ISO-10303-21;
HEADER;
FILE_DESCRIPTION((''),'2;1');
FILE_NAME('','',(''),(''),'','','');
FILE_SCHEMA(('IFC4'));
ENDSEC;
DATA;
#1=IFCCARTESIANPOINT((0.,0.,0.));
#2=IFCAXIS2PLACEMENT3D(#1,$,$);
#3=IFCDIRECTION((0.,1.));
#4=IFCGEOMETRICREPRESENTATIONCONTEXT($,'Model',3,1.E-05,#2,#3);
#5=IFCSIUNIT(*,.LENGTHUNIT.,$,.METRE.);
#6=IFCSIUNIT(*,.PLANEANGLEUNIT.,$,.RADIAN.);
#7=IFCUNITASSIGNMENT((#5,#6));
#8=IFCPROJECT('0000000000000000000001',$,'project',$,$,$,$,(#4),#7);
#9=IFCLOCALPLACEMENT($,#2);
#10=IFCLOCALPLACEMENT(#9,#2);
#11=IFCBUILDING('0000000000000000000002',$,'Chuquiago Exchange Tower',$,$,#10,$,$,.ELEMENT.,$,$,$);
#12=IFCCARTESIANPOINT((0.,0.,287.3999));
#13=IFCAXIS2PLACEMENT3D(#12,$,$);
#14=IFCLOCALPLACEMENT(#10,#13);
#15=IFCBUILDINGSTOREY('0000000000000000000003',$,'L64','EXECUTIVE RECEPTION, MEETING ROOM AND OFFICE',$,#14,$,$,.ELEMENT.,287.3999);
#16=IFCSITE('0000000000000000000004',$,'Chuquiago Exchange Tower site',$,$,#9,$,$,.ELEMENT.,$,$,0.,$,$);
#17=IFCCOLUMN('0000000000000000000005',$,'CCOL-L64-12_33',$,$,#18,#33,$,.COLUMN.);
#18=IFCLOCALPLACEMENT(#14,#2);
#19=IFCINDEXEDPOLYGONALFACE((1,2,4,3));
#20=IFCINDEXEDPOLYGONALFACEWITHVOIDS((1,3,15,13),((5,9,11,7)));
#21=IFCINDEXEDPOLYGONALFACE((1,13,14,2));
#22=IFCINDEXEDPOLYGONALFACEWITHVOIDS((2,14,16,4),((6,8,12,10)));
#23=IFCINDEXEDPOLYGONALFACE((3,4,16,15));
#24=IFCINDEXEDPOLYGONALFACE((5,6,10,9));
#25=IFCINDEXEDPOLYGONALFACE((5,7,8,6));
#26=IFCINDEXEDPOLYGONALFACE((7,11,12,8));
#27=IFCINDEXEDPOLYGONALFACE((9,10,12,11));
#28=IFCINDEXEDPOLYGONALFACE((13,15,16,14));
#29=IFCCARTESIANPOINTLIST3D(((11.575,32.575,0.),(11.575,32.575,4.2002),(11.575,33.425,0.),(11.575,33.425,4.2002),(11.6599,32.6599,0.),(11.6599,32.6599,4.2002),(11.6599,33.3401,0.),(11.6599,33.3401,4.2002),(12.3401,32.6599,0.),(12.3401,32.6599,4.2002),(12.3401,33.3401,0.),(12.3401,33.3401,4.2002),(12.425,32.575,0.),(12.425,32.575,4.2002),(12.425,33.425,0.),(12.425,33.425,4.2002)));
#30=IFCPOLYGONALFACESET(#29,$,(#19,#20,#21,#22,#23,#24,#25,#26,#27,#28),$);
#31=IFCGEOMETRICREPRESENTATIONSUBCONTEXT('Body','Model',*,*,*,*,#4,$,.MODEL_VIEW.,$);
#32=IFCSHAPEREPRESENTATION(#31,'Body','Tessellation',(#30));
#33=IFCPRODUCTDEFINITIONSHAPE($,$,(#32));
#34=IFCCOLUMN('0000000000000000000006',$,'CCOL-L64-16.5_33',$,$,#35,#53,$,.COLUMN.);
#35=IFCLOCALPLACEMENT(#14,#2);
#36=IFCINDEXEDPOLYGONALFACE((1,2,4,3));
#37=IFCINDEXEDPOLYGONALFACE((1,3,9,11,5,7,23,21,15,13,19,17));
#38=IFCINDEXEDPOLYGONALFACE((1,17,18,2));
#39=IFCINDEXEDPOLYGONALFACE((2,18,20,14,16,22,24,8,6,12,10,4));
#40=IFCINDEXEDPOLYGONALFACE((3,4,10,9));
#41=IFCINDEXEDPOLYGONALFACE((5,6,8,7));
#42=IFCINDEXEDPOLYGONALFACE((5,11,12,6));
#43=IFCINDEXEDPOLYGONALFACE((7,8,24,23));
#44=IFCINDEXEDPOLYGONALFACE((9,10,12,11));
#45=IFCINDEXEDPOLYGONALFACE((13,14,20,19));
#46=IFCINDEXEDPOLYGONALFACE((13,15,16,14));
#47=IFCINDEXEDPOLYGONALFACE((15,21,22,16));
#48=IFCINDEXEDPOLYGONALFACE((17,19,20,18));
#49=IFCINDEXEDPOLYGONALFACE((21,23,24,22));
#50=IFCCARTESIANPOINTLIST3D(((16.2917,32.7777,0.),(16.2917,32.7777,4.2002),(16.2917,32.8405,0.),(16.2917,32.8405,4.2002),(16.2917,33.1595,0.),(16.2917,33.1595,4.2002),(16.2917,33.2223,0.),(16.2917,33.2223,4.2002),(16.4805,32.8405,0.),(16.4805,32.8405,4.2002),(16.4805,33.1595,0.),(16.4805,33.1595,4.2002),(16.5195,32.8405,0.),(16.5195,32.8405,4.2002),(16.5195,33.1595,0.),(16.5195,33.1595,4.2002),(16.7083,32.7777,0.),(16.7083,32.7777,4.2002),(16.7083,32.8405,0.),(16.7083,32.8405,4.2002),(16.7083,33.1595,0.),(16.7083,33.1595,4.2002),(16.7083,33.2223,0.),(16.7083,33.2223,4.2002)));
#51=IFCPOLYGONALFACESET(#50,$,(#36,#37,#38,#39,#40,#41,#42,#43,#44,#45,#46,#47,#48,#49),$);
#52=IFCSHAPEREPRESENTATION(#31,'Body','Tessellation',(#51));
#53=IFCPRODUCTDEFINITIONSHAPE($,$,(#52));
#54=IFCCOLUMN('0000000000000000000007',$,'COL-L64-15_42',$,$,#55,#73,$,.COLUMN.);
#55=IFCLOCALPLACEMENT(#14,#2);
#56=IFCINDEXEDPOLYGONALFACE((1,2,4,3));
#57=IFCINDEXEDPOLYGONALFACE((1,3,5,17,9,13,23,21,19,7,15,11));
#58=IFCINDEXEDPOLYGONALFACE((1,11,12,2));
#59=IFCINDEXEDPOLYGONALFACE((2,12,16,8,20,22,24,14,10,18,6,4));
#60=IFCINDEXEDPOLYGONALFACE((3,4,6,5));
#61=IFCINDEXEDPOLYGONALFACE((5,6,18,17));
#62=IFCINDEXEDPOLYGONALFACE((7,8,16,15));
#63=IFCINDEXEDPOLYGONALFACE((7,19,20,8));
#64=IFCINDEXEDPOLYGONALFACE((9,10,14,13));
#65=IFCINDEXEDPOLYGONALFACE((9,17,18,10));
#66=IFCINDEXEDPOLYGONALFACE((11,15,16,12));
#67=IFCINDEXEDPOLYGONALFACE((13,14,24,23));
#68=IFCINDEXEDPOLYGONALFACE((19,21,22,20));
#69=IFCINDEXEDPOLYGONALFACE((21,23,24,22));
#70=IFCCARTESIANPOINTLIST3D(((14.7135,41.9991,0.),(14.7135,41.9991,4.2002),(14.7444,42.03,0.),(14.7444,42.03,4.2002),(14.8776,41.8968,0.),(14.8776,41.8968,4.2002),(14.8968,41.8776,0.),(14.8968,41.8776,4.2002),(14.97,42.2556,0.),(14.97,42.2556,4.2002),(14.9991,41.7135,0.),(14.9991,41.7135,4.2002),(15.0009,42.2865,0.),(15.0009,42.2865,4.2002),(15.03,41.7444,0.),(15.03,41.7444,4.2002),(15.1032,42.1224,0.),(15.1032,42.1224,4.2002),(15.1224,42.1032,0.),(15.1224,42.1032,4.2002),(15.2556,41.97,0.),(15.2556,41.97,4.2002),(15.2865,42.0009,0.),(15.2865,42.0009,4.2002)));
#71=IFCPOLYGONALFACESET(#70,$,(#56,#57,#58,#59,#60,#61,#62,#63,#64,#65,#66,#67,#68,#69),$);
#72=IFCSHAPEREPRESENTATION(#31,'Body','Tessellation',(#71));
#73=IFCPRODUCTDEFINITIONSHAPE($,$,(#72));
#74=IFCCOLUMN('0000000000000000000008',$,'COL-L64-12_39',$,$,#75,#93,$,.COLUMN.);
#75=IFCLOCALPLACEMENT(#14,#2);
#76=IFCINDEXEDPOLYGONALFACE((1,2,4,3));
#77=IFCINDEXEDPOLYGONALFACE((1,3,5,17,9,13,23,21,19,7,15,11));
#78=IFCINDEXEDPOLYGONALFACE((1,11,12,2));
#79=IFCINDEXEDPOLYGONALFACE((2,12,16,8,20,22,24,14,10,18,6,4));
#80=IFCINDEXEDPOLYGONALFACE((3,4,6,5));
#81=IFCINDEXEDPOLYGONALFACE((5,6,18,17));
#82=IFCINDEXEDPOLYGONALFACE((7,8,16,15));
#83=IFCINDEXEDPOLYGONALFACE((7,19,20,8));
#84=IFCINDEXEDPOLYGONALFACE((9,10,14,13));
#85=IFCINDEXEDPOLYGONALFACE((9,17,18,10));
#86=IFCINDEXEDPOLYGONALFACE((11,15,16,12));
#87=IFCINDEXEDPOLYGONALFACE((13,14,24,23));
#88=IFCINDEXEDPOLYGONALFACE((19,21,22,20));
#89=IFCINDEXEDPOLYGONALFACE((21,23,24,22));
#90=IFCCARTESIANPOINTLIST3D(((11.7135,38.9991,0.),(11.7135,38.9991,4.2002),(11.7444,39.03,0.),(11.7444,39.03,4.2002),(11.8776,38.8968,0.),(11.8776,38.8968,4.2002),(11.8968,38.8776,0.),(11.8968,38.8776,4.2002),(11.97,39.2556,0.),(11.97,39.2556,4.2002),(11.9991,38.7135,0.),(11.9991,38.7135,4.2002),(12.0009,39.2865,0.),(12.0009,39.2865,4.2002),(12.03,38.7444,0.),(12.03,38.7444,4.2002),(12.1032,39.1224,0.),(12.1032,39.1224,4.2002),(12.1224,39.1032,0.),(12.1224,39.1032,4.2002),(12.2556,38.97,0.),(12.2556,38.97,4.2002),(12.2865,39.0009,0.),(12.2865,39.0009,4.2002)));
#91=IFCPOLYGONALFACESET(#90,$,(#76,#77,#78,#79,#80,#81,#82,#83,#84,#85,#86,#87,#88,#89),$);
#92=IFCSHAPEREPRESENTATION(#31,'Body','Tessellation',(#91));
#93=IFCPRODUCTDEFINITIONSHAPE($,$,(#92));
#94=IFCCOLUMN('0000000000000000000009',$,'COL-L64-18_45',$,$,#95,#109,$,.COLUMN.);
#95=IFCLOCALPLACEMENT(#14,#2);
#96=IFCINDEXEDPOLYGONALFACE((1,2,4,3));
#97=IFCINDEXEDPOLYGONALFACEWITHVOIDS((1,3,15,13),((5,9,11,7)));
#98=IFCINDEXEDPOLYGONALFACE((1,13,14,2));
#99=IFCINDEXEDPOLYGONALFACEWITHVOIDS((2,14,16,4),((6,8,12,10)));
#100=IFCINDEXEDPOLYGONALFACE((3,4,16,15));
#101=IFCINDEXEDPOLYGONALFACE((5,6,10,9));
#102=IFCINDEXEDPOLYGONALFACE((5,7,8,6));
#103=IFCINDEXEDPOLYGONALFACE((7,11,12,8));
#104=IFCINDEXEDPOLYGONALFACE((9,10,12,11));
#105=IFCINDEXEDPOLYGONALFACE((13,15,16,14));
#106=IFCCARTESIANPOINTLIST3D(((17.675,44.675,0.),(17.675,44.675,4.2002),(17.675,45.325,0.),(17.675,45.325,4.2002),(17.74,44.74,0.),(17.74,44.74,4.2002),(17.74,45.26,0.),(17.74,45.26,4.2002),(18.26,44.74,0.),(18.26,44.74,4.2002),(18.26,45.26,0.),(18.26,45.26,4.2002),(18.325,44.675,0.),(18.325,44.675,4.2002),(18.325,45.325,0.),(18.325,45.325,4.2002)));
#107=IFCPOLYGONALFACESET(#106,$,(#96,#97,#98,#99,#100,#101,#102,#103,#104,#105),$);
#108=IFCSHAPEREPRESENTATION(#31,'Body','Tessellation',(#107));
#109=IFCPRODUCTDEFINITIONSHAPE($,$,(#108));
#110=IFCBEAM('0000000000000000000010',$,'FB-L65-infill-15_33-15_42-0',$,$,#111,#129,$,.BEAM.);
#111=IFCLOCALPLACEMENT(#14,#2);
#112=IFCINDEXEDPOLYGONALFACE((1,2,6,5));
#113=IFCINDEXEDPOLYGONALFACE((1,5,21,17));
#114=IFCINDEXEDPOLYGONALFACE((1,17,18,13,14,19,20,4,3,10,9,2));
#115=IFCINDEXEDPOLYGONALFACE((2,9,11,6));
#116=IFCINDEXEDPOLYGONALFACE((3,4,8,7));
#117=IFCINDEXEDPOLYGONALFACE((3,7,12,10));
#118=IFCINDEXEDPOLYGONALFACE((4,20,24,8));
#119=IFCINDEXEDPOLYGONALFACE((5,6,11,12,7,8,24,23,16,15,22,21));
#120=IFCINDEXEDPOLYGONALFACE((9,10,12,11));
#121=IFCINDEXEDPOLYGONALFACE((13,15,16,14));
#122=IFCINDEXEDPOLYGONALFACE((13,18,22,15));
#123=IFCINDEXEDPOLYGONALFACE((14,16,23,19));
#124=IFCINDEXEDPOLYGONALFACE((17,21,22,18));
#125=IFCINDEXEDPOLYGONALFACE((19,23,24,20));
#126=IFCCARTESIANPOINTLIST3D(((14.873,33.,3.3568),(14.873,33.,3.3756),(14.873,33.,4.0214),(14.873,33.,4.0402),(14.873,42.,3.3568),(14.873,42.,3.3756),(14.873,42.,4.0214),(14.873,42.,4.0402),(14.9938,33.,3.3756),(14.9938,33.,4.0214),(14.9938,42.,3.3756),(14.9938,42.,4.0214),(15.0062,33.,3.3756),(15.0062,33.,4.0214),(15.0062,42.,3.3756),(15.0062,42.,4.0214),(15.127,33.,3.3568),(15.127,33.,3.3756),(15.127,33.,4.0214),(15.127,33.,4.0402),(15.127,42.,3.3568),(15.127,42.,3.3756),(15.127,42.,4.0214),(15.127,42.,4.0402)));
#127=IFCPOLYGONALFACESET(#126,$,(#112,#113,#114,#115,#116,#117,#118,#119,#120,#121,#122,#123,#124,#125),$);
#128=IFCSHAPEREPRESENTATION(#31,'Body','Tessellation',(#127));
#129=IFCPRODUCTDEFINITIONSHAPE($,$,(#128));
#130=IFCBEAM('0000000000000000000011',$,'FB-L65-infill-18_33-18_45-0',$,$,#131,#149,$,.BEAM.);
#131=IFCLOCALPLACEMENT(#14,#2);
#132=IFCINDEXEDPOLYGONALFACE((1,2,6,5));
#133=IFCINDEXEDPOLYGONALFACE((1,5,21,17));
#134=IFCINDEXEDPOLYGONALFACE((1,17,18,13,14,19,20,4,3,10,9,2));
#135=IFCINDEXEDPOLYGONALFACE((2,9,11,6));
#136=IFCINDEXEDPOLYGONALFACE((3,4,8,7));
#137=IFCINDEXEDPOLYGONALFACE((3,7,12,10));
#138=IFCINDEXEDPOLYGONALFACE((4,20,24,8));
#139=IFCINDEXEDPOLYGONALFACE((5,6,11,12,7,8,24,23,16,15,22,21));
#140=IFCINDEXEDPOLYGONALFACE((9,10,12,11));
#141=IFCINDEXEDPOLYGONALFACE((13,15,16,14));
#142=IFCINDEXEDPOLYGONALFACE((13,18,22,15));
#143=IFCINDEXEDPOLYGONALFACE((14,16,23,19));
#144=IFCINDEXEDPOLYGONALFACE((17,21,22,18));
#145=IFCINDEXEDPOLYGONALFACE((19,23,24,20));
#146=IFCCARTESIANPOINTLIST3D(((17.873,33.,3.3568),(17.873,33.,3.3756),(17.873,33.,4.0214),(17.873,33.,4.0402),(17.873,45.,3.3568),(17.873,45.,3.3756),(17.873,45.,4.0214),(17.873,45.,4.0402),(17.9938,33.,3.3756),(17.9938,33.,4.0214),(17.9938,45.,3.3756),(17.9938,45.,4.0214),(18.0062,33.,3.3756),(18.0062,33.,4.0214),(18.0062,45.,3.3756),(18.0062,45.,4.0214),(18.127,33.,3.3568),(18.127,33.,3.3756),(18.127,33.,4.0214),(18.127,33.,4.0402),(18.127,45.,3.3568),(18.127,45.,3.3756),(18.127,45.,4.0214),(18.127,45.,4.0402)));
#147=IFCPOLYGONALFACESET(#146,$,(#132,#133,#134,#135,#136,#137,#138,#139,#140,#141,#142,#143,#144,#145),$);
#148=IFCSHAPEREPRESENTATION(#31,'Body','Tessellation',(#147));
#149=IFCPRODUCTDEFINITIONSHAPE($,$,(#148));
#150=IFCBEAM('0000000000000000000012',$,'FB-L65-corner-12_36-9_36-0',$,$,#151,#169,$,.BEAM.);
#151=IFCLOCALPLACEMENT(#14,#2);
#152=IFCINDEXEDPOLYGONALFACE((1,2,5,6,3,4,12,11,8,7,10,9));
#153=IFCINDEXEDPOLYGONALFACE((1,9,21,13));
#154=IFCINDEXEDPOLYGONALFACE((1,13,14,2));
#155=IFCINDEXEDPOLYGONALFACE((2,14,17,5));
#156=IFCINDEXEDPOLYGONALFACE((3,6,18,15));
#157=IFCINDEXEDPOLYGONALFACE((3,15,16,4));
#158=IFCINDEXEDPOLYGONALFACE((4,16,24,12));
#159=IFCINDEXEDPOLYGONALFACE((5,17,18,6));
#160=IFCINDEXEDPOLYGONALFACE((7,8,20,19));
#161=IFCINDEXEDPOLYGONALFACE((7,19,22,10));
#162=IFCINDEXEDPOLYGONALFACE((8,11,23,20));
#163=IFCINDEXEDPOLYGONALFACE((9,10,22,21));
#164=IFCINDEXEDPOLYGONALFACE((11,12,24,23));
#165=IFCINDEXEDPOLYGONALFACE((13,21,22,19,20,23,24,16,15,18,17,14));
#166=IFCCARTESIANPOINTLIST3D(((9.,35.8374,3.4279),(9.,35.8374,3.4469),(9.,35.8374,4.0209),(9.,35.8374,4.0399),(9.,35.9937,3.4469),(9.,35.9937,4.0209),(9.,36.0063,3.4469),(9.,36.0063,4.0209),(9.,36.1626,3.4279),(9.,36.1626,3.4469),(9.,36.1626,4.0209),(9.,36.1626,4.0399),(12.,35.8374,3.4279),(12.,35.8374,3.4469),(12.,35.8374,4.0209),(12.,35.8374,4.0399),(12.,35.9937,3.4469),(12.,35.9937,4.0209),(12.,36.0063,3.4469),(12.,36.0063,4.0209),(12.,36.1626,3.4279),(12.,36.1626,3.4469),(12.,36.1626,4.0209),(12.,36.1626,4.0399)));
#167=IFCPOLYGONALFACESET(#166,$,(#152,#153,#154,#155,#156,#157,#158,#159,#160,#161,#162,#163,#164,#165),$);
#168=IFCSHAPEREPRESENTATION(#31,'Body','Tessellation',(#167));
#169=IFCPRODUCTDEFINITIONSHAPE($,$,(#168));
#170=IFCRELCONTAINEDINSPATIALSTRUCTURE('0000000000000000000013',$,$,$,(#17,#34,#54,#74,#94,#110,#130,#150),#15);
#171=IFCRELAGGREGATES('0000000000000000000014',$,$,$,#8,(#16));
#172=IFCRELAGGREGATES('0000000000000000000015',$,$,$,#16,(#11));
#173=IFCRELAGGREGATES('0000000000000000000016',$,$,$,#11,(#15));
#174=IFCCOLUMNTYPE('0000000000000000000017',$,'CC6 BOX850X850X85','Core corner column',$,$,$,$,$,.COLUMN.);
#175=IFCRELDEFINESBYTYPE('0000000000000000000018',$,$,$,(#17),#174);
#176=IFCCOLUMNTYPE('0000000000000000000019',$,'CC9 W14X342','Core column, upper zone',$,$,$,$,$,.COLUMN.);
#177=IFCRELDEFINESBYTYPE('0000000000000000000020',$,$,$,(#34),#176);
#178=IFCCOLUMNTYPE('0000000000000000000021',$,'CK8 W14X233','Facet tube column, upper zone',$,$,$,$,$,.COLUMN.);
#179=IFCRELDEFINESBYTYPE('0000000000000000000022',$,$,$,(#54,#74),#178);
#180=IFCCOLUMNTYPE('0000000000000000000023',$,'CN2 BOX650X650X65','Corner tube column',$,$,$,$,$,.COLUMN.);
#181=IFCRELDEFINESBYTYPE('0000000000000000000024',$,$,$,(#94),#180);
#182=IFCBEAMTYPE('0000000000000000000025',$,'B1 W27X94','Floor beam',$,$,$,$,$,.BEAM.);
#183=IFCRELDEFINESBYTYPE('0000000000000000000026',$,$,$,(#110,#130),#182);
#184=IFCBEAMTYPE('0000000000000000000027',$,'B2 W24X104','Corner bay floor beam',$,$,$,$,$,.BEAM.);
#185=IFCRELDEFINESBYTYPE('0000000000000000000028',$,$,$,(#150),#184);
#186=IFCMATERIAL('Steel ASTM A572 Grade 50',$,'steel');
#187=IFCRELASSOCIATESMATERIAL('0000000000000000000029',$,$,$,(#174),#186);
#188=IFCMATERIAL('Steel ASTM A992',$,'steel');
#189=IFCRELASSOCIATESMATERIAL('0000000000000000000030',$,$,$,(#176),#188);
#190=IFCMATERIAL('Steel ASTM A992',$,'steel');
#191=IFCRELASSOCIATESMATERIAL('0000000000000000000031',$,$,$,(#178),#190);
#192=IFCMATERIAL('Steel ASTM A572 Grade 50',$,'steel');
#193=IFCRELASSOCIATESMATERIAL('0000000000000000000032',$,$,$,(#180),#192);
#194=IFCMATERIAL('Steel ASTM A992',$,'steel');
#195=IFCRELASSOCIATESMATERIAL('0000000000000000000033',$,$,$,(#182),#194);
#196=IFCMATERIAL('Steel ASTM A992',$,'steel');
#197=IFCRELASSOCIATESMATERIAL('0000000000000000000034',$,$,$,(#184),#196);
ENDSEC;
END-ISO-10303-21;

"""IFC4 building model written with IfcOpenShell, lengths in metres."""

from ifc_helpers import new_model, si_unit, direction, frame, origin, origin_2d, place, context, subcontext, project, spatial, hollow_rectangle, i_section, extrude, material, material_profile, profile_set, type_object, element, save


model = new_model("IFC4")

# Units and contexts
model_context = context("Model", 3, precision=1e-05, world=origin(), true_north=direction((0.0, 1.0)))
body_context = subcontext(model_context, "Body", "Model", "MODEL_VIEW")
ifc_project = project(units=[si_unit("LENGTHUNIT", "METRE"), si_unit("PLANEANGLEUNIT", "RADIAN")], contexts=[model_context])

# Site, building, storey
site_placement = place(None, origin())
site = spatial("IfcSite", under=ifc_project, at=site_placement, Name="Chuquiago Exchange Tower site", CompositionType="ELEMENT", RefElevation=0.0)
building_placement = place(site_placement, origin())
building = spatial("IfcBuilding", under=site, at=building_placement, Name="Chuquiago Exchange Tower", CompositionType="ELEMENT")
storey_placement = place(building_placement, frame((0.0, 0.0, 287.3999)))
storey = spatial("IfcBuildingStorey", under=building, at=storey_placement, Name="L64", Description="EXECUTIVE RECEPTION, MEETING ROOM AND OFFICE", CompositionType="ELEMENT", Elevation=287.3999)

# Columns
ifc_material_1 = material(Name="Steel ASTM A572 Grade 50", Category="steel")
ifc_material_profile_1 = material_profile(ifc_material_1, hollow_rectangle(XDim=0.8501, YDim=0.8501, WallThickness=0.085, at=origin_2d()), Name="BOX850X850X85")
ifc_profile_set_1 = profile_set([ifc_material_profile_1], Name="Steel ASTM A572 Grade 50")
column_type_1 = type_object("IfcColumnType", Name="CC6 BOX850X850X85", Description="Core corner column", PredefinedType="COLUMN", material=ifc_profile_set_1)
column_1_placement = place(storey_placement, frame((12.0, 33.0, 0.0), z_axis=(0.0, 0.0, 1.0), x_axis=(1.0, 0.0, 0.0)))
element("IfcColumn", 1, at=column_1_placement, inside=storey, type_object=column_type_1, Name="CCOL-L64-12_33", PredefinedType="COLUMN", context=body_context, shape_type="SweptSolid", body=[
    extrude(hollow_rectangle(XDim=0.8501, YDim=0.8501, WallThickness=0.085, at=origin_2d()), origin(), (0.0, 0.0, 1.0), 4.2002),
])
ifc_material_2 = material(Name="Steel ASTM A992", Category="steel")
ifc_material_profile_2 = material_profile(ifc_material_2, i_section(OverallWidth=0.4165, OverallDepth=0.4446, WebThickness=0.0391, FlangeThickness=0.0627, at=origin_2d()), Name="W14X342")
ifc_profile_set_2 = profile_set([ifc_material_profile_2], Name="Steel ASTM A992")
column_type_2 = type_object("IfcColumnType", Name="CC9 W14X342", Description="Core column, upper zone", PredefinedType="COLUMN", material=ifc_profile_set_2)
column_2_placement = place(storey_placement, frame((16.5, 33.0, 0.0), z_axis=(0.0, 0.0, 1.0), x_axis=(1.0, 0.0, 0.0)))
element("IfcColumn", 2, at=column_2_placement, inside=storey, type_object=column_type_2, Name="CCOL-L64-16.5_33", PredefinedType="COLUMN", context=body_context, shape_type="SweptSolid", body=[
    extrude(i_section(OverallWidth=0.4165, OverallDepth=0.4446, WebThickness=0.0391, FlangeThickness=0.0627, at=origin_2d()), origin(), (0.0, 0.0, 1.0), 4.2002),
])
ifc_material_3 = material(Name="Steel ASTM A992", Category="steel")
ifc_material_profile_3 = material_profile(ifc_material_3, i_section(OverallWidth=0.4038, OverallDepth=0.4065, WebThickness=0.0271, FlangeThickness=0.0437, at=origin_2d()), Name="W14X233")
ifc_profile_set_3 = profile_set([ifc_material_profile_3], Name="Steel ASTM A992")
column_type_3 = type_object("IfcColumnType", Name="CK8 W14X233", Description="Facet tube column, upper zone", PredefinedType="COLUMN", material=ifc_profile_set_3)
for number, where, z_axis, x_axis, name in (
    (3, (15.0, 42.0, 0.0), (0.0, 0.0, 1.0), (-0.707107, 0.707107, 0.0), "COL-L64-15_42"),
    (4, (12.0, 39.0, 0.0), (0.0, 0.0, 1.0), (-0.707107, 0.707107, 0.0), "COL-L64-12_39"),
):
    element("IfcColumn", number, at=place(storey_placement, frame(where, z_axis=z_axis, x_axis=x_axis)), inside=storey, type_object=column_type_3, Name=name, PredefinedType="COLUMN", context=body_context, shape_type="SweptSolid", body=[
        extrude(i_section(OverallWidth=0.4038, OverallDepth=0.4065, WebThickness=0.0271, FlangeThickness=0.0437, at=origin_2d()), origin(), (0.0, 0.0, 1.0), 4.2002),
    ])
ifc_material_4 = material(Name="Steel ASTM A572 Grade 50", Category="steel")
ifc_material_profile_4 = material_profile(ifc_material_4, hollow_rectangle(XDim=0.6499, YDim=0.6499, WallThickness=0.0649, at=origin_2d()), Name="BOX650X650X65")
ifc_profile_set_4 = profile_set([ifc_material_profile_4], Name="Steel ASTM A572 Grade 50")
column_type_4 = type_object("IfcColumnType", Name="CN2 BOX650X650X65", Description="Corner tube column", PredefinedType="COLUMN", material=ifc_profile_set_4)
column_3_placement = place(storey_placement, frame((18.0, 45.0, 0.0), z_axis=(0.0, 0.0, 1.0), x_axis=(0.0, 1.0, 0.0)))
element("IfcColumn", 5, at=column_3_placement, inside=storey, type_object=column_type_4, Name="COL-L64-18_45", PredefinedType="COLUMN", context=body_context, shape_type="SweptSolid", body=[
    extrude(hollow_rectangle(XDim=0.6499, YDim=0.6499, WallThickness=0.0649, at=origin_2d()), origin(), (0.0, 0.0, 1.0), 4.2002),
])

# Beams
ifc_material_5 = material(Name="Steel ASTM A992", Category="steel")
ifc_material_profile_5 = material_profile(ifc_material_5, i_section(OverallWidth=0.2539, OverallDepth=0.6833, WebThickness=0.0125, FlangeThickness=0.0188, at=origin_2d()), Name="W27X94")
ifc_profile_set_5 = profile_set([ifc_material_profile_5], Name="Steel ASTM A992")
beam_type_1 = type_object("IfcBeamType", Name="B1 W27X94", Description="Floor beam", PredefinedType="BEAM", material=ifc_profile_set_5)
beam_1_placement = place(storey_placement, frame((15.0, 33.0, 3.6985), z_axis=(0.0, 1.0, 0.0), x_axis=(-1.0, 0.0, 0.0)))
element("IfcBeam", 6, at=beam_1_placement, inside=storey, type_object=beam_type_1, Name="FB-L65-infill-15_33-15_42-0", PredefinedType="BEAM", context=body_context, shape_type="SweptSolid", body=[
    extrude(i_section(OverallWidth=0.2539, OverallDepth=0.6833, WebThickness=0.0125, FlangeThickness=0.0188, at=origin_2d()), origin(), (0.0, 0.0, 1.0), 9.0),
])
beam_2_placement = place(storey_placement, frame((18.0, 33.0, 3.6985), z_axis=(0.0, 1.0, 0.0), x_axis=(-1.0, 0.0, 0.0)))
element("IfcBeam", 7, at=beam_2_placement, inside=storey, type_object=beam_type_1, Name="FB-L65-infill-18_33-18_45-0", PredefinedType="BEAM", context=body_context, shape_type="SweptSolid", body=[
    extrude(i_section(OverallWidth=0.2539, OverallDepth=0.6833, WebThickness=0.0125, FlangeThickness=0.0188, at=origin_2d()), origin(), (0.0, 0.0, 1.0), 12.0),
])
ifc_material_6 = material(Name="Steel ASTM A992", Category="steel")
ifc_material_profile_6 = material_profile(ifc_material_6, i_section(OverallWidth=0.3252, OverallDepth=0.6121, WebThickness=0.0127, FlangeThickness=0.019, at=origin_2d()), Name="W24X104")
ifc_profile_set_6 = profile_set([ifc_material_profile_6], Name="Steel ASTM A992")
beam_type_2 = type_object("IfcBeamType", Name="B2 W24X104", Description="Corner bay floor beam", PredefinedType="BEAM", material=ifc_profile_set_6)
beam_3_placement = place(storey_placement, frame((12.0, 36.0, 3.7339), z_axis=(-1.0, 0.0, 0.0), x_axis=(0.0, -1.0, 0.0)))
element("IfcBeam", 8, at=beam_3_placement, inside=storey, type_object=beam_type_2, Name="FB-L65-corner-12_36-9_36-0", PredefinedType="BEAM", context=body_context, shape_type="SweptSolid", body=[
    extrude(i_section(OverallWidth=0.3252, OverallDepth=0.6121, WebThickness=0.0127, FlangeThickness=0.019, at=origin_2d()), origin(), (0.0, 0.0, 1.0), 3.0),
])

save(model, "model.ifc")
